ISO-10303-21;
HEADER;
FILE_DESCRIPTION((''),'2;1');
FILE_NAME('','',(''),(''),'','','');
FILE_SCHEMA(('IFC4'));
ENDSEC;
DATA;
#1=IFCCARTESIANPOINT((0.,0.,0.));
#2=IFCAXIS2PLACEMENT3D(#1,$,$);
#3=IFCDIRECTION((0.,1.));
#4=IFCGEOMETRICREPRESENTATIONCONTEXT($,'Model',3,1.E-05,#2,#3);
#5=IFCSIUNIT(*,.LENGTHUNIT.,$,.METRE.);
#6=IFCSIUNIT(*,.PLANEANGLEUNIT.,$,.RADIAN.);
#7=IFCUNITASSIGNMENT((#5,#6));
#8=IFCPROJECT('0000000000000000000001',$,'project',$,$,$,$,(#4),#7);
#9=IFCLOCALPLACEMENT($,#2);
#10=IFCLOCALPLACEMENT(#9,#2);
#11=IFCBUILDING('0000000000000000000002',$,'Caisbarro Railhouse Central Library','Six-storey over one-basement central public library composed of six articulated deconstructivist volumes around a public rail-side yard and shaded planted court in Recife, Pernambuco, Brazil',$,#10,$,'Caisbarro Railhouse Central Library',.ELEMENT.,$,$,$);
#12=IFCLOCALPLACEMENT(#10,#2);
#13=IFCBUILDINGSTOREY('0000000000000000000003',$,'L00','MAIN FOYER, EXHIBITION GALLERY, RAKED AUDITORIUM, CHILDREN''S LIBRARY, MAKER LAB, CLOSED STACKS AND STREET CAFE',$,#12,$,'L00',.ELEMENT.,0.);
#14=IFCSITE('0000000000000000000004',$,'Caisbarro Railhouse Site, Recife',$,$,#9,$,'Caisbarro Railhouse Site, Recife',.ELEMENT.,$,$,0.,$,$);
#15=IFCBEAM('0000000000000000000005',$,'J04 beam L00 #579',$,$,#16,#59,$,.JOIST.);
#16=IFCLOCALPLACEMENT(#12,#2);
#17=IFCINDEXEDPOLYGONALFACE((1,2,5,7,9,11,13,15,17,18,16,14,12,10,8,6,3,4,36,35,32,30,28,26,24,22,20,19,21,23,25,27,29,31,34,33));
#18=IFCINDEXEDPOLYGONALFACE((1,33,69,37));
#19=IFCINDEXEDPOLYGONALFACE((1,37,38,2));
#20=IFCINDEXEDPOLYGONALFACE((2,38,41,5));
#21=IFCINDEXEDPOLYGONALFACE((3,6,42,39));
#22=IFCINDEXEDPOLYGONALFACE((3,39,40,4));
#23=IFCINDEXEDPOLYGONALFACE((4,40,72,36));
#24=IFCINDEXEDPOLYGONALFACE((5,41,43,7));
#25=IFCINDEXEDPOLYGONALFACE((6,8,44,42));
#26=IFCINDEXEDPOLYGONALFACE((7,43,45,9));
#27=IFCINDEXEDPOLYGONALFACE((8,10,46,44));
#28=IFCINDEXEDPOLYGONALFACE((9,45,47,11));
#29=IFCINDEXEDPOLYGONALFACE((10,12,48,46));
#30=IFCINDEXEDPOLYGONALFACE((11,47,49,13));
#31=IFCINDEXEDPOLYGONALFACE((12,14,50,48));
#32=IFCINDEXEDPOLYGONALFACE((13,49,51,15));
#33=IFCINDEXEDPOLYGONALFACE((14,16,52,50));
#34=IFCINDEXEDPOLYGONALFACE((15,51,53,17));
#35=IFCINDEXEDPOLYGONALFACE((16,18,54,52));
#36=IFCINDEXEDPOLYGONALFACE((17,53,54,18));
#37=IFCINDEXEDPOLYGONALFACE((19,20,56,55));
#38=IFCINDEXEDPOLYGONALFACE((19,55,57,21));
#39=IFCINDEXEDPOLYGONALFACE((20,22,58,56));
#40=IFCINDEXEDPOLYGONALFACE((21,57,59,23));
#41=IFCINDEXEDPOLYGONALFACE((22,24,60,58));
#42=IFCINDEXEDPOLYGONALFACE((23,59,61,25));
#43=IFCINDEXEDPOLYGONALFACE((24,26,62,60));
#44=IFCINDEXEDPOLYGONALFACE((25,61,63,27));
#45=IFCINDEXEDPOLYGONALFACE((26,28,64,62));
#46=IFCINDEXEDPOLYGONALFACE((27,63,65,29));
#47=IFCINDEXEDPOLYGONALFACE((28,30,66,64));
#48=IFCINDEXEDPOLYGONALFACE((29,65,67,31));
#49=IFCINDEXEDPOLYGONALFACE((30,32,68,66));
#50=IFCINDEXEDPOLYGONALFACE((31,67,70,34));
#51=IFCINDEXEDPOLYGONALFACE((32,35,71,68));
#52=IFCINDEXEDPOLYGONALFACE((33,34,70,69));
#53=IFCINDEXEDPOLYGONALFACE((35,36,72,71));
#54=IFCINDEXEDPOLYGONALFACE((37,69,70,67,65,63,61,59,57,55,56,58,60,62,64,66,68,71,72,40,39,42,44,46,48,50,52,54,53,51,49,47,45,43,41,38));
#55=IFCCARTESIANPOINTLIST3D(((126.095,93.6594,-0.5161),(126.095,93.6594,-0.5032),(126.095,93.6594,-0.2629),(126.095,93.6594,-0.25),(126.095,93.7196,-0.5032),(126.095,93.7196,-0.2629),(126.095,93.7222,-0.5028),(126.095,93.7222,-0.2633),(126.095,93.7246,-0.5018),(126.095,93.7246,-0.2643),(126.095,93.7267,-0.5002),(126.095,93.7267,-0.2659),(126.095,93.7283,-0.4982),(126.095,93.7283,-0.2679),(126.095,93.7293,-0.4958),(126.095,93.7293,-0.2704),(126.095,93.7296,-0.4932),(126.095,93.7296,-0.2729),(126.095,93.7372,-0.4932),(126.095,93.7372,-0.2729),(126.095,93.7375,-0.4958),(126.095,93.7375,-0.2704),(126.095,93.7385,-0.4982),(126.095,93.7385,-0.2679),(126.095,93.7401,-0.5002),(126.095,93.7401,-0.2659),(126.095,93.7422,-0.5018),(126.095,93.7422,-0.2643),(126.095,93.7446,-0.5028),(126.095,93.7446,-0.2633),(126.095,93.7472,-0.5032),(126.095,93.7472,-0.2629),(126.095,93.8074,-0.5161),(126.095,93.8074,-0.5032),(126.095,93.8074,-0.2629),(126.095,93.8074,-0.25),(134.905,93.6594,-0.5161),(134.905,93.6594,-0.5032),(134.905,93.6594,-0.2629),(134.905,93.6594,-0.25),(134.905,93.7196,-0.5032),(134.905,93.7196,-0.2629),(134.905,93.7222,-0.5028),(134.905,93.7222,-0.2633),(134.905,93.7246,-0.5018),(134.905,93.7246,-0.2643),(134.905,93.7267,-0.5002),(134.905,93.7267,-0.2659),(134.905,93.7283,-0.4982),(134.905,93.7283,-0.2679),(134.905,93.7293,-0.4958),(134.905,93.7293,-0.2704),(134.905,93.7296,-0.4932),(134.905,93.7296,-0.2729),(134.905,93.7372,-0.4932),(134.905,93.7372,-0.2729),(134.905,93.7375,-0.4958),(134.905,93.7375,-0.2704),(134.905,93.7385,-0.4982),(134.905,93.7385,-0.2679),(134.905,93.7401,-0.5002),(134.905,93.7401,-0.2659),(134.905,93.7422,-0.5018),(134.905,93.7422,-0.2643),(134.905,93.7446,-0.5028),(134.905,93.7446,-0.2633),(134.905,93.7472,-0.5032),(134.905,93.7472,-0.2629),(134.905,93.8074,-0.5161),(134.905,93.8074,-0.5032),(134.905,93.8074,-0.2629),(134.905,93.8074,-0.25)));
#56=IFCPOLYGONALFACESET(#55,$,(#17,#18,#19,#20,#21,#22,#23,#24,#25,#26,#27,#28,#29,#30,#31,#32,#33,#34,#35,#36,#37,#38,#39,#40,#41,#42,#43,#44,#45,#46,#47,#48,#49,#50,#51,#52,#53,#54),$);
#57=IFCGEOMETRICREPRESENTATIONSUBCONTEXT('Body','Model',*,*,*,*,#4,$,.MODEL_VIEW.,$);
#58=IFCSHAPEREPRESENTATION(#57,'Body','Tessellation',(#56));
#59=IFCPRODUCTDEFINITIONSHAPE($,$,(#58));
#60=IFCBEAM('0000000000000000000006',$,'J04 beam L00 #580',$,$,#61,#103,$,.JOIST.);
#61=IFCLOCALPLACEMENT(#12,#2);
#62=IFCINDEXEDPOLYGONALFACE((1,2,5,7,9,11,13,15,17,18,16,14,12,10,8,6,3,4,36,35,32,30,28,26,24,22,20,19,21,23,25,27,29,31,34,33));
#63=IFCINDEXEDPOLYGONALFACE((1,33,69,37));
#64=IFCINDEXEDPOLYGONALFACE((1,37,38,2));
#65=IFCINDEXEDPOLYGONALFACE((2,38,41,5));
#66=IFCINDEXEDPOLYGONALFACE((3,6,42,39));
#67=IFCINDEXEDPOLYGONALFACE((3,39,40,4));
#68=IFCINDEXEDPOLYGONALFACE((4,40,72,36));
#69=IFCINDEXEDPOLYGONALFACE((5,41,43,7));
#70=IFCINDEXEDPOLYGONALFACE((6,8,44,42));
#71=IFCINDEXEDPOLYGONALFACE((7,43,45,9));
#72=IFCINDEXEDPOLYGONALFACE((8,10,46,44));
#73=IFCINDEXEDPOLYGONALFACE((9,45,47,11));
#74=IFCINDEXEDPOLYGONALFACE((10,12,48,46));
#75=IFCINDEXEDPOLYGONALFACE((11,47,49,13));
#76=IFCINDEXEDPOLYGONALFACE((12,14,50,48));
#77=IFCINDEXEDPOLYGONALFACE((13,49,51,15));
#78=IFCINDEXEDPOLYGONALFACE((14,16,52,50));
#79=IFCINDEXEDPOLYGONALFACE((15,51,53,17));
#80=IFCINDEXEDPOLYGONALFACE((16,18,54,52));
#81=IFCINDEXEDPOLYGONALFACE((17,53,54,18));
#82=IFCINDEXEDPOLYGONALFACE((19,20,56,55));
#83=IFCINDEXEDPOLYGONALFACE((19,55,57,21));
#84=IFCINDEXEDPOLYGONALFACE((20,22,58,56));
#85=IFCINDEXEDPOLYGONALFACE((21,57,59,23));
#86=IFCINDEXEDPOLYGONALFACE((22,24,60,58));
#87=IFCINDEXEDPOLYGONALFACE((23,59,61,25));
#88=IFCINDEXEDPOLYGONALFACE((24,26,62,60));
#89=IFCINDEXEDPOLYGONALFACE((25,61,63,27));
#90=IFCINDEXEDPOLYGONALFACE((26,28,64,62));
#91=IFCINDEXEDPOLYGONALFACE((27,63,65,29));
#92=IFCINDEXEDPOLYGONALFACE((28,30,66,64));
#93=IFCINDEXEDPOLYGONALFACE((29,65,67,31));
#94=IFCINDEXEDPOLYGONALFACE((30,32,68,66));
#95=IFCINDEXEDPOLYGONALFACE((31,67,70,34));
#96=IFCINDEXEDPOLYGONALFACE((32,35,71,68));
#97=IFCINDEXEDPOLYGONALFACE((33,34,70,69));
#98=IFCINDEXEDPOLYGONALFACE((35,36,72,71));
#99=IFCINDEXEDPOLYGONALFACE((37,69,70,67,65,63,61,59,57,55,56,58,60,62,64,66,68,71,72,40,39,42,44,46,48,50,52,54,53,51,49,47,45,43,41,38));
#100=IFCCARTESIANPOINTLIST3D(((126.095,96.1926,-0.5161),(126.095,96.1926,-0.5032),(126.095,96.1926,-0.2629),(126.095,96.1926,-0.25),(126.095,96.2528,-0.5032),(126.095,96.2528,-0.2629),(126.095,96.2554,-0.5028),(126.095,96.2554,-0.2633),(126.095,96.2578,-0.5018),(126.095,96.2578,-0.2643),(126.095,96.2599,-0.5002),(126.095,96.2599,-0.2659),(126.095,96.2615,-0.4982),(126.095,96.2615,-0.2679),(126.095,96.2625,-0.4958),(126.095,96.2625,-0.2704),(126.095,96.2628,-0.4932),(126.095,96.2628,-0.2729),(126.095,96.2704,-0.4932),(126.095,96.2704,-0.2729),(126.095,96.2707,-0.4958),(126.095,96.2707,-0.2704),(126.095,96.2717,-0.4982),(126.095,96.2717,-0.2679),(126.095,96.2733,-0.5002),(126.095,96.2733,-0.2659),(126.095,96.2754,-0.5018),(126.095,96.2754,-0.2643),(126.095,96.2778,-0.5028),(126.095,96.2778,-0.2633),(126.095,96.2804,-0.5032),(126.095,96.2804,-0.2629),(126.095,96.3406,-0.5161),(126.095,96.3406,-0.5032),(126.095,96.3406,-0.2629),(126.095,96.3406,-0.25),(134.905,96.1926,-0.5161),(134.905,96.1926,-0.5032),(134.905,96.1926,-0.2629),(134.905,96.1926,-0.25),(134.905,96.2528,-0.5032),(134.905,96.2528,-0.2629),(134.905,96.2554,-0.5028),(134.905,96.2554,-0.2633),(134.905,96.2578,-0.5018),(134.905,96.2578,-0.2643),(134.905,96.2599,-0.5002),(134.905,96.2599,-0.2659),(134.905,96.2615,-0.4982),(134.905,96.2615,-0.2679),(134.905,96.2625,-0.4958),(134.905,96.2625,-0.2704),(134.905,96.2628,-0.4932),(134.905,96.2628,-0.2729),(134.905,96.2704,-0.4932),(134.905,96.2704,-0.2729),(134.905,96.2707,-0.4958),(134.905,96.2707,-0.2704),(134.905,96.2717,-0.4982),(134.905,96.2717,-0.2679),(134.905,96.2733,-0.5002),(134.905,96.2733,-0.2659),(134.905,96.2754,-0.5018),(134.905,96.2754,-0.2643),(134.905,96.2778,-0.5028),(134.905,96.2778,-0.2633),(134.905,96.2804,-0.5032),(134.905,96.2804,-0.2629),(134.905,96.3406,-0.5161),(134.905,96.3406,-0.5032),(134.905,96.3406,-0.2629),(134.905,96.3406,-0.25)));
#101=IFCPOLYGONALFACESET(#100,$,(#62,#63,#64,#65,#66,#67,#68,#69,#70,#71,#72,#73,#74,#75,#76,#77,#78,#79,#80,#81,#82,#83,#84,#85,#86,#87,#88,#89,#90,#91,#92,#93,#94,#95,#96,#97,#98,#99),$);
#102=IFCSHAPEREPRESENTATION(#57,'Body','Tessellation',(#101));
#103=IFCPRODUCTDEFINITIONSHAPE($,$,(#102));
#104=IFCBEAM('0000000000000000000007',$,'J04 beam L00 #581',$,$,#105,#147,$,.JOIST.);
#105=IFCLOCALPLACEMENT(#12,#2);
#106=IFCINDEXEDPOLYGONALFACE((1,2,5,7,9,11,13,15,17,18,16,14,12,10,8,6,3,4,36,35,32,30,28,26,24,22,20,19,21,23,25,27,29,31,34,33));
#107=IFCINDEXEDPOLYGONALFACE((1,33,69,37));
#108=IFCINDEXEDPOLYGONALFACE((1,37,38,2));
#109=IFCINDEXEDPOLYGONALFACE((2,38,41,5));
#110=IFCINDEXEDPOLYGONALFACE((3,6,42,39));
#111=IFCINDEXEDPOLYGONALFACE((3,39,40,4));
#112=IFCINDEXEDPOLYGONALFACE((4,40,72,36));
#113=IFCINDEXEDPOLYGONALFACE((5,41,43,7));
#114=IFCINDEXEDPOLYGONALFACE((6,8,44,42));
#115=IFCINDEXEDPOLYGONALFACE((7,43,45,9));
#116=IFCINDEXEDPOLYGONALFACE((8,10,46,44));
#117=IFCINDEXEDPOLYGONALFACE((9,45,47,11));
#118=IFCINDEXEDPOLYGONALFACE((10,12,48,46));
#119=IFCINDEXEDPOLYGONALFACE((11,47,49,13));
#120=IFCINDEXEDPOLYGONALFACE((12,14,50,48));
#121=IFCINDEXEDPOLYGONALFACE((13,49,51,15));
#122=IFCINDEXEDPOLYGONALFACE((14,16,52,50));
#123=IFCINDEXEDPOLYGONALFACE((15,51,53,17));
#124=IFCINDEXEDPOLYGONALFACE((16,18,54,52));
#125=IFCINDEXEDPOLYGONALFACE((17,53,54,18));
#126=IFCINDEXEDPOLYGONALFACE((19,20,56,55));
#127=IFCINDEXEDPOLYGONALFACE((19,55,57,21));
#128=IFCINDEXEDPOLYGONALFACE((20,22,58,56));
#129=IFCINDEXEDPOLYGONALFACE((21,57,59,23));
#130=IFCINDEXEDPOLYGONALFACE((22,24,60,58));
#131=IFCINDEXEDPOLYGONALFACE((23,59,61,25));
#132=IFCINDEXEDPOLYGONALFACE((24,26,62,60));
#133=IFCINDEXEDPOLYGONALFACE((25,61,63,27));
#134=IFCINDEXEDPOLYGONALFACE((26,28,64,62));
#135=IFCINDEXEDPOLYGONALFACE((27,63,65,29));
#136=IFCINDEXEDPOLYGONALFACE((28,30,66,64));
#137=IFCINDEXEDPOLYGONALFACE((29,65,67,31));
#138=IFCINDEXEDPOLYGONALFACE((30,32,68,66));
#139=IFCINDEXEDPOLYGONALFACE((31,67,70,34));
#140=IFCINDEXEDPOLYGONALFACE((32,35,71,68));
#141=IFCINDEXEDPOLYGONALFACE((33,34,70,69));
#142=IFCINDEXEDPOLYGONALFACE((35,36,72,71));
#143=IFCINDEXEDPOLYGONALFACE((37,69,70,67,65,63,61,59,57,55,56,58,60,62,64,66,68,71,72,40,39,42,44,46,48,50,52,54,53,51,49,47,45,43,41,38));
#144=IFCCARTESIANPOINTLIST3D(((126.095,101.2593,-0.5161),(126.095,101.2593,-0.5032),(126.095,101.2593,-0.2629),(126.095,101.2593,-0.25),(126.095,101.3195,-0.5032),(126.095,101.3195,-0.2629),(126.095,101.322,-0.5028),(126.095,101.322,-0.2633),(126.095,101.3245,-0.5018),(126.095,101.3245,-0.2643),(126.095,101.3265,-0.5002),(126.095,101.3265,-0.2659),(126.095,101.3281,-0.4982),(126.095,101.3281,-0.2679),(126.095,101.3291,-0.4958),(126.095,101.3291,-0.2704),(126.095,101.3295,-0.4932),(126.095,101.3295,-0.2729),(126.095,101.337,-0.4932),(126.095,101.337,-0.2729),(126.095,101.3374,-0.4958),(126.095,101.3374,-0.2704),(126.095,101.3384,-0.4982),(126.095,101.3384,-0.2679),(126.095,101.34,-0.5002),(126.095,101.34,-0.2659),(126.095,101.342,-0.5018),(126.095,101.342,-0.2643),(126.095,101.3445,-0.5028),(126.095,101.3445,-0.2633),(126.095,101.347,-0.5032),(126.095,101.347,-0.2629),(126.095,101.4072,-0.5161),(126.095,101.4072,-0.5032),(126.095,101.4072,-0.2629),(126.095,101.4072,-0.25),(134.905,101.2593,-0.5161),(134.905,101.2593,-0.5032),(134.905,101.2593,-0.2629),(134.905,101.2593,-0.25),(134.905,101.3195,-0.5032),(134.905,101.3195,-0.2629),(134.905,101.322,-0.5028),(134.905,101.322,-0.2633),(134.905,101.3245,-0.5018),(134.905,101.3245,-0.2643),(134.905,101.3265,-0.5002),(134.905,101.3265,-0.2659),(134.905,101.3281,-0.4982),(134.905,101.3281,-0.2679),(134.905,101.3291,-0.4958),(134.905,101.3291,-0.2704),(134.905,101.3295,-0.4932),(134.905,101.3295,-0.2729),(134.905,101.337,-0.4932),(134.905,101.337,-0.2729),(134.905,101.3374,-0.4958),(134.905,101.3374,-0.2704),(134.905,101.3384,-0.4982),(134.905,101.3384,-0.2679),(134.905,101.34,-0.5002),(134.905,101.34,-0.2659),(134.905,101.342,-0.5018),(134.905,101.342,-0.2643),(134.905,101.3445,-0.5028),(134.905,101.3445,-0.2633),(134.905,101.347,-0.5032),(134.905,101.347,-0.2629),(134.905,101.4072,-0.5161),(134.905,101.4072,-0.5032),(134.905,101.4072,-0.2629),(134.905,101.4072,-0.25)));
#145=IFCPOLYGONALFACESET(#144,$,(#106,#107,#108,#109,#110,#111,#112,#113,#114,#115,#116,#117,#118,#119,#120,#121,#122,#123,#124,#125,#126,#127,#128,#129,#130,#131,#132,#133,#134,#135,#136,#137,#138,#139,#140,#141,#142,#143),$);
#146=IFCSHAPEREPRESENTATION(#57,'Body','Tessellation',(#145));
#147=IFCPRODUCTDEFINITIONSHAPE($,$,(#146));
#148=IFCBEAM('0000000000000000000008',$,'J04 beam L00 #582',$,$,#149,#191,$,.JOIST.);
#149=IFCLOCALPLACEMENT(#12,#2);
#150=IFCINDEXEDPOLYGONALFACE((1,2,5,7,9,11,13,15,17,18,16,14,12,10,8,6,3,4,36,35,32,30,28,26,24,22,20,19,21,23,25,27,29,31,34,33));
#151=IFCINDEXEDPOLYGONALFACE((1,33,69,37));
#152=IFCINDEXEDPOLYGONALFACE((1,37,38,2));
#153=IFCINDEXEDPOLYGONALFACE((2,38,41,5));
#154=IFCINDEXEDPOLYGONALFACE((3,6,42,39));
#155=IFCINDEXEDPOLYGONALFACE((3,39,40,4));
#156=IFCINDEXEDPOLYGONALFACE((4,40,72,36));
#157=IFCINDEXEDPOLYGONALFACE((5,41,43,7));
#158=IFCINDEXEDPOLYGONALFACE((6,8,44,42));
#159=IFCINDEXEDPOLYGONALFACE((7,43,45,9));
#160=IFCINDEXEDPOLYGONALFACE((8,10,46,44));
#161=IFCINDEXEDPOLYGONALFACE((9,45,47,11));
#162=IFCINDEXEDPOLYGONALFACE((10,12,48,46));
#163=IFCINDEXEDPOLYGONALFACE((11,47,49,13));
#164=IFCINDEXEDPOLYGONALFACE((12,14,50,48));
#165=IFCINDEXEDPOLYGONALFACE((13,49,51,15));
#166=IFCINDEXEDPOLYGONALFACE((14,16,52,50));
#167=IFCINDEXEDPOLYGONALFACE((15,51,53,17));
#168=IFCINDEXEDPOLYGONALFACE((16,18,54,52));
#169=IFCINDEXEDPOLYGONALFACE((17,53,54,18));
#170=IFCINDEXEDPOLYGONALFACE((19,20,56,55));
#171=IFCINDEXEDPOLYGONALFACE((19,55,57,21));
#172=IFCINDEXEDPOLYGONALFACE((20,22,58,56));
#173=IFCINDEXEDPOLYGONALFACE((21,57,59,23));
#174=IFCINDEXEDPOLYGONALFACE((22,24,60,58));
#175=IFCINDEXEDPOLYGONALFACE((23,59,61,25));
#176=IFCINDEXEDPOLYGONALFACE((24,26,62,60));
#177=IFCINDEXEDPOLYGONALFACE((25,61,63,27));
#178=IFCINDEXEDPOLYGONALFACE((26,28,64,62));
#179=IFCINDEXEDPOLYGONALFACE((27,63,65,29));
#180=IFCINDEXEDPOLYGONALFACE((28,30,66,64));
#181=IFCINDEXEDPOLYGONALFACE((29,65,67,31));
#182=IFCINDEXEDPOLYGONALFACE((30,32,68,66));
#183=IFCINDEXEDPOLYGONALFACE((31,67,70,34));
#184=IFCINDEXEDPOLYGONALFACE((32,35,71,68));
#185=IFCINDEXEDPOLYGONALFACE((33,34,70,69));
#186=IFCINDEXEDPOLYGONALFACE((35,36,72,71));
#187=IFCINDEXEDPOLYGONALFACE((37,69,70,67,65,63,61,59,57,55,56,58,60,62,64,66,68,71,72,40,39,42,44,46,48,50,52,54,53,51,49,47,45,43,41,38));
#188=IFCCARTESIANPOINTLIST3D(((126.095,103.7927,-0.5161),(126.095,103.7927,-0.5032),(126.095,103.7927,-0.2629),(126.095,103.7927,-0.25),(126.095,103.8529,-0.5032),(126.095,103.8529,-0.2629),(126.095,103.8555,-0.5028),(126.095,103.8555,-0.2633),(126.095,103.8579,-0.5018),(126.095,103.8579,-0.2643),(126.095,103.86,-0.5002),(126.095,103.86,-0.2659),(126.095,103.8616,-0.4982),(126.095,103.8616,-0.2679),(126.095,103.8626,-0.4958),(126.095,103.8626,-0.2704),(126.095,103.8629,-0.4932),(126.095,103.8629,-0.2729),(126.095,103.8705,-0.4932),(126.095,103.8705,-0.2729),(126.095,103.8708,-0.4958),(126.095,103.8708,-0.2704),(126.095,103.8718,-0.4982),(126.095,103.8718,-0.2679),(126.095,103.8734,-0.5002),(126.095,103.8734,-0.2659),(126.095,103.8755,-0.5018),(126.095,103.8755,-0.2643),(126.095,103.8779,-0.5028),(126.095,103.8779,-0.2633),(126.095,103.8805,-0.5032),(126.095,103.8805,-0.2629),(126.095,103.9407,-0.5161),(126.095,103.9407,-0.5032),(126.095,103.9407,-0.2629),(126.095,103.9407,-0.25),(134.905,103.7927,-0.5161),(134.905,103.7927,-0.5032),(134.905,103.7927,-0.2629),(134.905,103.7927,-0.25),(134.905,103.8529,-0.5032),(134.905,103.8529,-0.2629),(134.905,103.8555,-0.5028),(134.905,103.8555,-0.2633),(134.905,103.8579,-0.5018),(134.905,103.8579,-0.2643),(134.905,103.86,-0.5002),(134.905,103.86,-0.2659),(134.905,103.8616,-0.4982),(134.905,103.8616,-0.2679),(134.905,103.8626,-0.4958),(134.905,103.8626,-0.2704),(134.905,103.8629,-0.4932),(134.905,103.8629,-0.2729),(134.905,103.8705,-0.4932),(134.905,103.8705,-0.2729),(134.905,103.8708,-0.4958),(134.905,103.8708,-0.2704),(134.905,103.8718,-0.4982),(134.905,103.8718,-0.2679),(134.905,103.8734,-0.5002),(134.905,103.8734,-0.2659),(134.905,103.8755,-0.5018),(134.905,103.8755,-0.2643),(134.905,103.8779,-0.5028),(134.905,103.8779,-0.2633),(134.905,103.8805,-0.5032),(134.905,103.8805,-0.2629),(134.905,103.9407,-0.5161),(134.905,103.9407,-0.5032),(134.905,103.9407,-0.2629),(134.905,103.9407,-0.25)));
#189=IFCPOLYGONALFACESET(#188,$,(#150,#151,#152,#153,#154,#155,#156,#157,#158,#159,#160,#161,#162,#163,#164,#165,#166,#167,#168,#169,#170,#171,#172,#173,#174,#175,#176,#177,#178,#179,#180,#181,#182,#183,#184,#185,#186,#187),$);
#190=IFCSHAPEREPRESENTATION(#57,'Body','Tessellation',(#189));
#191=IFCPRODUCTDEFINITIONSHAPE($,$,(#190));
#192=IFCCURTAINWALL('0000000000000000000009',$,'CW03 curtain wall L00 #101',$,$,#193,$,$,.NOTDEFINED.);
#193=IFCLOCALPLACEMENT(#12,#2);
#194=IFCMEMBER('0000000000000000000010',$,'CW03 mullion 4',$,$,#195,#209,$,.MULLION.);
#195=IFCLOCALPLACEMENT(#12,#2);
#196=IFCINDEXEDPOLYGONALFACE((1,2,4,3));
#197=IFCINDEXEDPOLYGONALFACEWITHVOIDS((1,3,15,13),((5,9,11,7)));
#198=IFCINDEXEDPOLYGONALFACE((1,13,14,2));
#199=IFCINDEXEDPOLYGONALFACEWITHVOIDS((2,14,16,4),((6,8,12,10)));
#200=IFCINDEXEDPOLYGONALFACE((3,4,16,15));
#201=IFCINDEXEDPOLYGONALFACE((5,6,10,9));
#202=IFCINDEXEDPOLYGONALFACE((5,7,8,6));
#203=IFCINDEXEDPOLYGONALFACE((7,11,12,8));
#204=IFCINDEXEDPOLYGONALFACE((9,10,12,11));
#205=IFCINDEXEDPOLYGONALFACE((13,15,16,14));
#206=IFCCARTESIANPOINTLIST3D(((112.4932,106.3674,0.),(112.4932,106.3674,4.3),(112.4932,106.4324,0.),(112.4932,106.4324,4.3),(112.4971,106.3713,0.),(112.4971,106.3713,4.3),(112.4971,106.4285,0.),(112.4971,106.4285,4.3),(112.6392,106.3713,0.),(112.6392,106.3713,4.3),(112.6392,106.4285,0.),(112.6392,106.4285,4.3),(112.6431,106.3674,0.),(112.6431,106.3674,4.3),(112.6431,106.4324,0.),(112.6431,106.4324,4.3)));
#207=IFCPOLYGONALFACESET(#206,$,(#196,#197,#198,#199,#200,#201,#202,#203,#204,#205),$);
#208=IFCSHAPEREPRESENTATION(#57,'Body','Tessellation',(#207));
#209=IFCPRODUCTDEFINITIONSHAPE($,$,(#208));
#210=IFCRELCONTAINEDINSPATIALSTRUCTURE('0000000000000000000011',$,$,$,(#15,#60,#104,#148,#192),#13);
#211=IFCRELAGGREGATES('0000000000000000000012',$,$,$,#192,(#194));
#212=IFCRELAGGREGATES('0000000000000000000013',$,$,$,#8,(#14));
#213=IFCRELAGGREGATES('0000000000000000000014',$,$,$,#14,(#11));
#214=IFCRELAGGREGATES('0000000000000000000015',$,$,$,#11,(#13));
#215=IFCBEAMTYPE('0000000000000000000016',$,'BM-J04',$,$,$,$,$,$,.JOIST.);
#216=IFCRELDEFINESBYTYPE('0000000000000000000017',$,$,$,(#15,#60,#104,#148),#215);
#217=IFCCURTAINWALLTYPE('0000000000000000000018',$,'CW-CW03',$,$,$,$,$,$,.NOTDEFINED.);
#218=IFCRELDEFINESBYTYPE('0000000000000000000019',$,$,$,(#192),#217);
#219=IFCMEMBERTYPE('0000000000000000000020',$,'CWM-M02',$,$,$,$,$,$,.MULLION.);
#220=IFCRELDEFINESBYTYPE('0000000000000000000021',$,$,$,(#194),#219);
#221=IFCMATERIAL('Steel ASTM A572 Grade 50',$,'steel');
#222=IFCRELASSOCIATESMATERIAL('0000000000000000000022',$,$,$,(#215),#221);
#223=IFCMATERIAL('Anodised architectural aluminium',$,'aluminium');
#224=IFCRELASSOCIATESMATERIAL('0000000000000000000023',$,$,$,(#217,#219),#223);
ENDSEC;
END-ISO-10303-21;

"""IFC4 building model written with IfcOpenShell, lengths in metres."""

from ifc_helpers import new_model, si_unit, direction, frame, origin, origin_2d, place, context, subcontext, project, spatial, hollow_rectangle, i_section, extrude, material, material_profile, profile_set, type_object, element, aggregate, save


model = new_model("IFC4")

# Units and contexts
model_context = context("Model", 3, precision=1e-05, world=origin(), true_north=direction((0.0, 1.0)))
body_context = subcontext(model_context, "Body", "Model", "MODEL_VIEW")
ifc_project = project(units=[si_unit("LENGTHUNIT", "METRE"), si_unit("PLANEANGLEUNIT", "RADIAN")], contexts=[model_context])

# Site, building, storey
site_placement = place(None, origin())
site = spatial("IfcSite", under=ifc_project, at=site_placement, Name="Caisbarro Railhouse Site, Recife", LongName="Caisbarro Railhouse Site, Recife", CompositionType="ELEMENT", RefElevation=0.0)
building_placement = place(site_placement, origin())
building = spatial("IfcBuilding", under=site, at=building_placement, Name="Caisbarro Railhouse Central Library", Description="Six-storey over one-basement central public library composed of six articulated deconstructivist volumes around a public rail-side yard and shaded planted court in Recife, Pernambuco, Brazil", LongName="Caisbarro Railhouse Central Library", CompositionType="ELEMENT")
storey_placement = place(building_placement, origin())
storey = spatial("IfcBuildingStorey", under=building, at=storey_placement, Name="L00", Description="MAIN FOYER, EXHIBITION GALLERY, RAKED AUDITORIUM, CHILDREN'S LIBRARY, MAKER LAB, CLOSED STACKS AND STREET CAFE", LongName="L00", CompositionType="ELEMENT", Elevation=0.0)

# Shared definitions
ifc_material_1 = material(Name="Steel ASTM A572 Grade 50", Category="steel")

# Beams
ifc_material_profile_1 = material_profile(ifc_material_1, i_section(OverallWidth=0.1479, OverallDepth=0.2661, WebThickness=0.0076, FlangeThickness=0.0129, FilletRadius=0.01, at=origin_2d()), Name="W250X44.8")
ifc_profile_set_1 = profile_set([ifc_material_profile_1], Name="Steel ASTM A572 Grade 50")
beam_type_1 = type_object("IfcBeamType", Name="BM-J04", PredefinedType="JOIST", material=ifc_profile_set_1)
for number, where, z_axis, x_axis, name in (
    (1, (126.095, 93.7334, -0.3831), (1.0, 0.0, 0.0), (0.0, 1.0, 0.0), "J04 beam L00 #579"),
    (2, (126.095, 96.2666, -0.3831), (1.0, 0.0, 0.0), (0.0, 1.0, 0.0), "J04 beam L00 #580"),
    (3, (126.095, 101.3333, -0.3831), (1.0, 0.0, 0.0), (0.0, 1.0, 0.0), "J04 beam L00 #581"),
    (4, (126.095, 103.8667, -0.3831), (1.0, 0.0, 0.0), (0.0, 1.0, 0.0), "J04 beam L00 #582"),
):
    element("IfcBeam", number, at=place(storey_placement, frame(where, z_axis=z_axis, x_axis=x_axis)), inside=storey, type_object=beam_type_1, Name=name, PredefinedType="JOIST", context=body_context, shape_type="SweptSolid", body=[
        extrude(i_section(OverallWidth=0.1479, OverallDepth=0.2661, WebThickness=0.0076, FlangeThickness=0.0129, FilletRadius=0.01, at=origin_2d()), origin(), (0.0, 0.0, 1.0), 8.8101),
    ])

# Curtain wall, member
ifc_material_2 = material(Name="Anodised architectural aluminium", Category="aluminium")
curtain_wall_type = type_object("IfcCurtainWallType", Name="CW-CW03", PredefinedType="NOTDEFINED", material=ifc_material_2)
curtain_wall_placement = place(storey_placement, origin())
curtain_wall = element("IfcCurtainWall", 5, at=curtain_wall_placement, inside=storey, type_object=curtain_wall_type, Name="CW03 curtain wall L00 #101", PredefinedType="NOTDEFINED")
ifc_material_profile_2 = material_profile(ifc_material_2, hollow_rectangle(XDim=0.0649, YDim=0.1499, WallThickness=0.0039, at=origin_2d()), Name="ALU-MUL-65X150")
ifc_profile_set_2 = profile_set([ifc_material_profile_2], Name="Anodised architectural aluminium")
member_type_1 = type_object("IfcMemberType", Name="CWM-M02", PredefinedType="MULLION", material=ifc_profile_set_2)
member_1_placement = place(storey_placement, frame((112.5681, 106.3999, 0.0), z_axis=(0.0, 0.0, 1.0), x_axis=(0.0, 1.0, 0.0)))
member_1 = element("IfcMember", 6, at=member_1_placement, type_object=member_type_1, Name="CW03 mullion 4", PredefinedType="MULLION", context=body_context, shape_type="SweptSolid", body=[
    extrude(hollow_rectangle(XDim=0.0649, YDim=0.1499, WallThickness=0.0039, at=origin_2d()), origin(), (0.0, 0.0, 1.0), 4.3),
])
aggregate(curtain_wall, [member_1])

save(model, "model.ifc")
